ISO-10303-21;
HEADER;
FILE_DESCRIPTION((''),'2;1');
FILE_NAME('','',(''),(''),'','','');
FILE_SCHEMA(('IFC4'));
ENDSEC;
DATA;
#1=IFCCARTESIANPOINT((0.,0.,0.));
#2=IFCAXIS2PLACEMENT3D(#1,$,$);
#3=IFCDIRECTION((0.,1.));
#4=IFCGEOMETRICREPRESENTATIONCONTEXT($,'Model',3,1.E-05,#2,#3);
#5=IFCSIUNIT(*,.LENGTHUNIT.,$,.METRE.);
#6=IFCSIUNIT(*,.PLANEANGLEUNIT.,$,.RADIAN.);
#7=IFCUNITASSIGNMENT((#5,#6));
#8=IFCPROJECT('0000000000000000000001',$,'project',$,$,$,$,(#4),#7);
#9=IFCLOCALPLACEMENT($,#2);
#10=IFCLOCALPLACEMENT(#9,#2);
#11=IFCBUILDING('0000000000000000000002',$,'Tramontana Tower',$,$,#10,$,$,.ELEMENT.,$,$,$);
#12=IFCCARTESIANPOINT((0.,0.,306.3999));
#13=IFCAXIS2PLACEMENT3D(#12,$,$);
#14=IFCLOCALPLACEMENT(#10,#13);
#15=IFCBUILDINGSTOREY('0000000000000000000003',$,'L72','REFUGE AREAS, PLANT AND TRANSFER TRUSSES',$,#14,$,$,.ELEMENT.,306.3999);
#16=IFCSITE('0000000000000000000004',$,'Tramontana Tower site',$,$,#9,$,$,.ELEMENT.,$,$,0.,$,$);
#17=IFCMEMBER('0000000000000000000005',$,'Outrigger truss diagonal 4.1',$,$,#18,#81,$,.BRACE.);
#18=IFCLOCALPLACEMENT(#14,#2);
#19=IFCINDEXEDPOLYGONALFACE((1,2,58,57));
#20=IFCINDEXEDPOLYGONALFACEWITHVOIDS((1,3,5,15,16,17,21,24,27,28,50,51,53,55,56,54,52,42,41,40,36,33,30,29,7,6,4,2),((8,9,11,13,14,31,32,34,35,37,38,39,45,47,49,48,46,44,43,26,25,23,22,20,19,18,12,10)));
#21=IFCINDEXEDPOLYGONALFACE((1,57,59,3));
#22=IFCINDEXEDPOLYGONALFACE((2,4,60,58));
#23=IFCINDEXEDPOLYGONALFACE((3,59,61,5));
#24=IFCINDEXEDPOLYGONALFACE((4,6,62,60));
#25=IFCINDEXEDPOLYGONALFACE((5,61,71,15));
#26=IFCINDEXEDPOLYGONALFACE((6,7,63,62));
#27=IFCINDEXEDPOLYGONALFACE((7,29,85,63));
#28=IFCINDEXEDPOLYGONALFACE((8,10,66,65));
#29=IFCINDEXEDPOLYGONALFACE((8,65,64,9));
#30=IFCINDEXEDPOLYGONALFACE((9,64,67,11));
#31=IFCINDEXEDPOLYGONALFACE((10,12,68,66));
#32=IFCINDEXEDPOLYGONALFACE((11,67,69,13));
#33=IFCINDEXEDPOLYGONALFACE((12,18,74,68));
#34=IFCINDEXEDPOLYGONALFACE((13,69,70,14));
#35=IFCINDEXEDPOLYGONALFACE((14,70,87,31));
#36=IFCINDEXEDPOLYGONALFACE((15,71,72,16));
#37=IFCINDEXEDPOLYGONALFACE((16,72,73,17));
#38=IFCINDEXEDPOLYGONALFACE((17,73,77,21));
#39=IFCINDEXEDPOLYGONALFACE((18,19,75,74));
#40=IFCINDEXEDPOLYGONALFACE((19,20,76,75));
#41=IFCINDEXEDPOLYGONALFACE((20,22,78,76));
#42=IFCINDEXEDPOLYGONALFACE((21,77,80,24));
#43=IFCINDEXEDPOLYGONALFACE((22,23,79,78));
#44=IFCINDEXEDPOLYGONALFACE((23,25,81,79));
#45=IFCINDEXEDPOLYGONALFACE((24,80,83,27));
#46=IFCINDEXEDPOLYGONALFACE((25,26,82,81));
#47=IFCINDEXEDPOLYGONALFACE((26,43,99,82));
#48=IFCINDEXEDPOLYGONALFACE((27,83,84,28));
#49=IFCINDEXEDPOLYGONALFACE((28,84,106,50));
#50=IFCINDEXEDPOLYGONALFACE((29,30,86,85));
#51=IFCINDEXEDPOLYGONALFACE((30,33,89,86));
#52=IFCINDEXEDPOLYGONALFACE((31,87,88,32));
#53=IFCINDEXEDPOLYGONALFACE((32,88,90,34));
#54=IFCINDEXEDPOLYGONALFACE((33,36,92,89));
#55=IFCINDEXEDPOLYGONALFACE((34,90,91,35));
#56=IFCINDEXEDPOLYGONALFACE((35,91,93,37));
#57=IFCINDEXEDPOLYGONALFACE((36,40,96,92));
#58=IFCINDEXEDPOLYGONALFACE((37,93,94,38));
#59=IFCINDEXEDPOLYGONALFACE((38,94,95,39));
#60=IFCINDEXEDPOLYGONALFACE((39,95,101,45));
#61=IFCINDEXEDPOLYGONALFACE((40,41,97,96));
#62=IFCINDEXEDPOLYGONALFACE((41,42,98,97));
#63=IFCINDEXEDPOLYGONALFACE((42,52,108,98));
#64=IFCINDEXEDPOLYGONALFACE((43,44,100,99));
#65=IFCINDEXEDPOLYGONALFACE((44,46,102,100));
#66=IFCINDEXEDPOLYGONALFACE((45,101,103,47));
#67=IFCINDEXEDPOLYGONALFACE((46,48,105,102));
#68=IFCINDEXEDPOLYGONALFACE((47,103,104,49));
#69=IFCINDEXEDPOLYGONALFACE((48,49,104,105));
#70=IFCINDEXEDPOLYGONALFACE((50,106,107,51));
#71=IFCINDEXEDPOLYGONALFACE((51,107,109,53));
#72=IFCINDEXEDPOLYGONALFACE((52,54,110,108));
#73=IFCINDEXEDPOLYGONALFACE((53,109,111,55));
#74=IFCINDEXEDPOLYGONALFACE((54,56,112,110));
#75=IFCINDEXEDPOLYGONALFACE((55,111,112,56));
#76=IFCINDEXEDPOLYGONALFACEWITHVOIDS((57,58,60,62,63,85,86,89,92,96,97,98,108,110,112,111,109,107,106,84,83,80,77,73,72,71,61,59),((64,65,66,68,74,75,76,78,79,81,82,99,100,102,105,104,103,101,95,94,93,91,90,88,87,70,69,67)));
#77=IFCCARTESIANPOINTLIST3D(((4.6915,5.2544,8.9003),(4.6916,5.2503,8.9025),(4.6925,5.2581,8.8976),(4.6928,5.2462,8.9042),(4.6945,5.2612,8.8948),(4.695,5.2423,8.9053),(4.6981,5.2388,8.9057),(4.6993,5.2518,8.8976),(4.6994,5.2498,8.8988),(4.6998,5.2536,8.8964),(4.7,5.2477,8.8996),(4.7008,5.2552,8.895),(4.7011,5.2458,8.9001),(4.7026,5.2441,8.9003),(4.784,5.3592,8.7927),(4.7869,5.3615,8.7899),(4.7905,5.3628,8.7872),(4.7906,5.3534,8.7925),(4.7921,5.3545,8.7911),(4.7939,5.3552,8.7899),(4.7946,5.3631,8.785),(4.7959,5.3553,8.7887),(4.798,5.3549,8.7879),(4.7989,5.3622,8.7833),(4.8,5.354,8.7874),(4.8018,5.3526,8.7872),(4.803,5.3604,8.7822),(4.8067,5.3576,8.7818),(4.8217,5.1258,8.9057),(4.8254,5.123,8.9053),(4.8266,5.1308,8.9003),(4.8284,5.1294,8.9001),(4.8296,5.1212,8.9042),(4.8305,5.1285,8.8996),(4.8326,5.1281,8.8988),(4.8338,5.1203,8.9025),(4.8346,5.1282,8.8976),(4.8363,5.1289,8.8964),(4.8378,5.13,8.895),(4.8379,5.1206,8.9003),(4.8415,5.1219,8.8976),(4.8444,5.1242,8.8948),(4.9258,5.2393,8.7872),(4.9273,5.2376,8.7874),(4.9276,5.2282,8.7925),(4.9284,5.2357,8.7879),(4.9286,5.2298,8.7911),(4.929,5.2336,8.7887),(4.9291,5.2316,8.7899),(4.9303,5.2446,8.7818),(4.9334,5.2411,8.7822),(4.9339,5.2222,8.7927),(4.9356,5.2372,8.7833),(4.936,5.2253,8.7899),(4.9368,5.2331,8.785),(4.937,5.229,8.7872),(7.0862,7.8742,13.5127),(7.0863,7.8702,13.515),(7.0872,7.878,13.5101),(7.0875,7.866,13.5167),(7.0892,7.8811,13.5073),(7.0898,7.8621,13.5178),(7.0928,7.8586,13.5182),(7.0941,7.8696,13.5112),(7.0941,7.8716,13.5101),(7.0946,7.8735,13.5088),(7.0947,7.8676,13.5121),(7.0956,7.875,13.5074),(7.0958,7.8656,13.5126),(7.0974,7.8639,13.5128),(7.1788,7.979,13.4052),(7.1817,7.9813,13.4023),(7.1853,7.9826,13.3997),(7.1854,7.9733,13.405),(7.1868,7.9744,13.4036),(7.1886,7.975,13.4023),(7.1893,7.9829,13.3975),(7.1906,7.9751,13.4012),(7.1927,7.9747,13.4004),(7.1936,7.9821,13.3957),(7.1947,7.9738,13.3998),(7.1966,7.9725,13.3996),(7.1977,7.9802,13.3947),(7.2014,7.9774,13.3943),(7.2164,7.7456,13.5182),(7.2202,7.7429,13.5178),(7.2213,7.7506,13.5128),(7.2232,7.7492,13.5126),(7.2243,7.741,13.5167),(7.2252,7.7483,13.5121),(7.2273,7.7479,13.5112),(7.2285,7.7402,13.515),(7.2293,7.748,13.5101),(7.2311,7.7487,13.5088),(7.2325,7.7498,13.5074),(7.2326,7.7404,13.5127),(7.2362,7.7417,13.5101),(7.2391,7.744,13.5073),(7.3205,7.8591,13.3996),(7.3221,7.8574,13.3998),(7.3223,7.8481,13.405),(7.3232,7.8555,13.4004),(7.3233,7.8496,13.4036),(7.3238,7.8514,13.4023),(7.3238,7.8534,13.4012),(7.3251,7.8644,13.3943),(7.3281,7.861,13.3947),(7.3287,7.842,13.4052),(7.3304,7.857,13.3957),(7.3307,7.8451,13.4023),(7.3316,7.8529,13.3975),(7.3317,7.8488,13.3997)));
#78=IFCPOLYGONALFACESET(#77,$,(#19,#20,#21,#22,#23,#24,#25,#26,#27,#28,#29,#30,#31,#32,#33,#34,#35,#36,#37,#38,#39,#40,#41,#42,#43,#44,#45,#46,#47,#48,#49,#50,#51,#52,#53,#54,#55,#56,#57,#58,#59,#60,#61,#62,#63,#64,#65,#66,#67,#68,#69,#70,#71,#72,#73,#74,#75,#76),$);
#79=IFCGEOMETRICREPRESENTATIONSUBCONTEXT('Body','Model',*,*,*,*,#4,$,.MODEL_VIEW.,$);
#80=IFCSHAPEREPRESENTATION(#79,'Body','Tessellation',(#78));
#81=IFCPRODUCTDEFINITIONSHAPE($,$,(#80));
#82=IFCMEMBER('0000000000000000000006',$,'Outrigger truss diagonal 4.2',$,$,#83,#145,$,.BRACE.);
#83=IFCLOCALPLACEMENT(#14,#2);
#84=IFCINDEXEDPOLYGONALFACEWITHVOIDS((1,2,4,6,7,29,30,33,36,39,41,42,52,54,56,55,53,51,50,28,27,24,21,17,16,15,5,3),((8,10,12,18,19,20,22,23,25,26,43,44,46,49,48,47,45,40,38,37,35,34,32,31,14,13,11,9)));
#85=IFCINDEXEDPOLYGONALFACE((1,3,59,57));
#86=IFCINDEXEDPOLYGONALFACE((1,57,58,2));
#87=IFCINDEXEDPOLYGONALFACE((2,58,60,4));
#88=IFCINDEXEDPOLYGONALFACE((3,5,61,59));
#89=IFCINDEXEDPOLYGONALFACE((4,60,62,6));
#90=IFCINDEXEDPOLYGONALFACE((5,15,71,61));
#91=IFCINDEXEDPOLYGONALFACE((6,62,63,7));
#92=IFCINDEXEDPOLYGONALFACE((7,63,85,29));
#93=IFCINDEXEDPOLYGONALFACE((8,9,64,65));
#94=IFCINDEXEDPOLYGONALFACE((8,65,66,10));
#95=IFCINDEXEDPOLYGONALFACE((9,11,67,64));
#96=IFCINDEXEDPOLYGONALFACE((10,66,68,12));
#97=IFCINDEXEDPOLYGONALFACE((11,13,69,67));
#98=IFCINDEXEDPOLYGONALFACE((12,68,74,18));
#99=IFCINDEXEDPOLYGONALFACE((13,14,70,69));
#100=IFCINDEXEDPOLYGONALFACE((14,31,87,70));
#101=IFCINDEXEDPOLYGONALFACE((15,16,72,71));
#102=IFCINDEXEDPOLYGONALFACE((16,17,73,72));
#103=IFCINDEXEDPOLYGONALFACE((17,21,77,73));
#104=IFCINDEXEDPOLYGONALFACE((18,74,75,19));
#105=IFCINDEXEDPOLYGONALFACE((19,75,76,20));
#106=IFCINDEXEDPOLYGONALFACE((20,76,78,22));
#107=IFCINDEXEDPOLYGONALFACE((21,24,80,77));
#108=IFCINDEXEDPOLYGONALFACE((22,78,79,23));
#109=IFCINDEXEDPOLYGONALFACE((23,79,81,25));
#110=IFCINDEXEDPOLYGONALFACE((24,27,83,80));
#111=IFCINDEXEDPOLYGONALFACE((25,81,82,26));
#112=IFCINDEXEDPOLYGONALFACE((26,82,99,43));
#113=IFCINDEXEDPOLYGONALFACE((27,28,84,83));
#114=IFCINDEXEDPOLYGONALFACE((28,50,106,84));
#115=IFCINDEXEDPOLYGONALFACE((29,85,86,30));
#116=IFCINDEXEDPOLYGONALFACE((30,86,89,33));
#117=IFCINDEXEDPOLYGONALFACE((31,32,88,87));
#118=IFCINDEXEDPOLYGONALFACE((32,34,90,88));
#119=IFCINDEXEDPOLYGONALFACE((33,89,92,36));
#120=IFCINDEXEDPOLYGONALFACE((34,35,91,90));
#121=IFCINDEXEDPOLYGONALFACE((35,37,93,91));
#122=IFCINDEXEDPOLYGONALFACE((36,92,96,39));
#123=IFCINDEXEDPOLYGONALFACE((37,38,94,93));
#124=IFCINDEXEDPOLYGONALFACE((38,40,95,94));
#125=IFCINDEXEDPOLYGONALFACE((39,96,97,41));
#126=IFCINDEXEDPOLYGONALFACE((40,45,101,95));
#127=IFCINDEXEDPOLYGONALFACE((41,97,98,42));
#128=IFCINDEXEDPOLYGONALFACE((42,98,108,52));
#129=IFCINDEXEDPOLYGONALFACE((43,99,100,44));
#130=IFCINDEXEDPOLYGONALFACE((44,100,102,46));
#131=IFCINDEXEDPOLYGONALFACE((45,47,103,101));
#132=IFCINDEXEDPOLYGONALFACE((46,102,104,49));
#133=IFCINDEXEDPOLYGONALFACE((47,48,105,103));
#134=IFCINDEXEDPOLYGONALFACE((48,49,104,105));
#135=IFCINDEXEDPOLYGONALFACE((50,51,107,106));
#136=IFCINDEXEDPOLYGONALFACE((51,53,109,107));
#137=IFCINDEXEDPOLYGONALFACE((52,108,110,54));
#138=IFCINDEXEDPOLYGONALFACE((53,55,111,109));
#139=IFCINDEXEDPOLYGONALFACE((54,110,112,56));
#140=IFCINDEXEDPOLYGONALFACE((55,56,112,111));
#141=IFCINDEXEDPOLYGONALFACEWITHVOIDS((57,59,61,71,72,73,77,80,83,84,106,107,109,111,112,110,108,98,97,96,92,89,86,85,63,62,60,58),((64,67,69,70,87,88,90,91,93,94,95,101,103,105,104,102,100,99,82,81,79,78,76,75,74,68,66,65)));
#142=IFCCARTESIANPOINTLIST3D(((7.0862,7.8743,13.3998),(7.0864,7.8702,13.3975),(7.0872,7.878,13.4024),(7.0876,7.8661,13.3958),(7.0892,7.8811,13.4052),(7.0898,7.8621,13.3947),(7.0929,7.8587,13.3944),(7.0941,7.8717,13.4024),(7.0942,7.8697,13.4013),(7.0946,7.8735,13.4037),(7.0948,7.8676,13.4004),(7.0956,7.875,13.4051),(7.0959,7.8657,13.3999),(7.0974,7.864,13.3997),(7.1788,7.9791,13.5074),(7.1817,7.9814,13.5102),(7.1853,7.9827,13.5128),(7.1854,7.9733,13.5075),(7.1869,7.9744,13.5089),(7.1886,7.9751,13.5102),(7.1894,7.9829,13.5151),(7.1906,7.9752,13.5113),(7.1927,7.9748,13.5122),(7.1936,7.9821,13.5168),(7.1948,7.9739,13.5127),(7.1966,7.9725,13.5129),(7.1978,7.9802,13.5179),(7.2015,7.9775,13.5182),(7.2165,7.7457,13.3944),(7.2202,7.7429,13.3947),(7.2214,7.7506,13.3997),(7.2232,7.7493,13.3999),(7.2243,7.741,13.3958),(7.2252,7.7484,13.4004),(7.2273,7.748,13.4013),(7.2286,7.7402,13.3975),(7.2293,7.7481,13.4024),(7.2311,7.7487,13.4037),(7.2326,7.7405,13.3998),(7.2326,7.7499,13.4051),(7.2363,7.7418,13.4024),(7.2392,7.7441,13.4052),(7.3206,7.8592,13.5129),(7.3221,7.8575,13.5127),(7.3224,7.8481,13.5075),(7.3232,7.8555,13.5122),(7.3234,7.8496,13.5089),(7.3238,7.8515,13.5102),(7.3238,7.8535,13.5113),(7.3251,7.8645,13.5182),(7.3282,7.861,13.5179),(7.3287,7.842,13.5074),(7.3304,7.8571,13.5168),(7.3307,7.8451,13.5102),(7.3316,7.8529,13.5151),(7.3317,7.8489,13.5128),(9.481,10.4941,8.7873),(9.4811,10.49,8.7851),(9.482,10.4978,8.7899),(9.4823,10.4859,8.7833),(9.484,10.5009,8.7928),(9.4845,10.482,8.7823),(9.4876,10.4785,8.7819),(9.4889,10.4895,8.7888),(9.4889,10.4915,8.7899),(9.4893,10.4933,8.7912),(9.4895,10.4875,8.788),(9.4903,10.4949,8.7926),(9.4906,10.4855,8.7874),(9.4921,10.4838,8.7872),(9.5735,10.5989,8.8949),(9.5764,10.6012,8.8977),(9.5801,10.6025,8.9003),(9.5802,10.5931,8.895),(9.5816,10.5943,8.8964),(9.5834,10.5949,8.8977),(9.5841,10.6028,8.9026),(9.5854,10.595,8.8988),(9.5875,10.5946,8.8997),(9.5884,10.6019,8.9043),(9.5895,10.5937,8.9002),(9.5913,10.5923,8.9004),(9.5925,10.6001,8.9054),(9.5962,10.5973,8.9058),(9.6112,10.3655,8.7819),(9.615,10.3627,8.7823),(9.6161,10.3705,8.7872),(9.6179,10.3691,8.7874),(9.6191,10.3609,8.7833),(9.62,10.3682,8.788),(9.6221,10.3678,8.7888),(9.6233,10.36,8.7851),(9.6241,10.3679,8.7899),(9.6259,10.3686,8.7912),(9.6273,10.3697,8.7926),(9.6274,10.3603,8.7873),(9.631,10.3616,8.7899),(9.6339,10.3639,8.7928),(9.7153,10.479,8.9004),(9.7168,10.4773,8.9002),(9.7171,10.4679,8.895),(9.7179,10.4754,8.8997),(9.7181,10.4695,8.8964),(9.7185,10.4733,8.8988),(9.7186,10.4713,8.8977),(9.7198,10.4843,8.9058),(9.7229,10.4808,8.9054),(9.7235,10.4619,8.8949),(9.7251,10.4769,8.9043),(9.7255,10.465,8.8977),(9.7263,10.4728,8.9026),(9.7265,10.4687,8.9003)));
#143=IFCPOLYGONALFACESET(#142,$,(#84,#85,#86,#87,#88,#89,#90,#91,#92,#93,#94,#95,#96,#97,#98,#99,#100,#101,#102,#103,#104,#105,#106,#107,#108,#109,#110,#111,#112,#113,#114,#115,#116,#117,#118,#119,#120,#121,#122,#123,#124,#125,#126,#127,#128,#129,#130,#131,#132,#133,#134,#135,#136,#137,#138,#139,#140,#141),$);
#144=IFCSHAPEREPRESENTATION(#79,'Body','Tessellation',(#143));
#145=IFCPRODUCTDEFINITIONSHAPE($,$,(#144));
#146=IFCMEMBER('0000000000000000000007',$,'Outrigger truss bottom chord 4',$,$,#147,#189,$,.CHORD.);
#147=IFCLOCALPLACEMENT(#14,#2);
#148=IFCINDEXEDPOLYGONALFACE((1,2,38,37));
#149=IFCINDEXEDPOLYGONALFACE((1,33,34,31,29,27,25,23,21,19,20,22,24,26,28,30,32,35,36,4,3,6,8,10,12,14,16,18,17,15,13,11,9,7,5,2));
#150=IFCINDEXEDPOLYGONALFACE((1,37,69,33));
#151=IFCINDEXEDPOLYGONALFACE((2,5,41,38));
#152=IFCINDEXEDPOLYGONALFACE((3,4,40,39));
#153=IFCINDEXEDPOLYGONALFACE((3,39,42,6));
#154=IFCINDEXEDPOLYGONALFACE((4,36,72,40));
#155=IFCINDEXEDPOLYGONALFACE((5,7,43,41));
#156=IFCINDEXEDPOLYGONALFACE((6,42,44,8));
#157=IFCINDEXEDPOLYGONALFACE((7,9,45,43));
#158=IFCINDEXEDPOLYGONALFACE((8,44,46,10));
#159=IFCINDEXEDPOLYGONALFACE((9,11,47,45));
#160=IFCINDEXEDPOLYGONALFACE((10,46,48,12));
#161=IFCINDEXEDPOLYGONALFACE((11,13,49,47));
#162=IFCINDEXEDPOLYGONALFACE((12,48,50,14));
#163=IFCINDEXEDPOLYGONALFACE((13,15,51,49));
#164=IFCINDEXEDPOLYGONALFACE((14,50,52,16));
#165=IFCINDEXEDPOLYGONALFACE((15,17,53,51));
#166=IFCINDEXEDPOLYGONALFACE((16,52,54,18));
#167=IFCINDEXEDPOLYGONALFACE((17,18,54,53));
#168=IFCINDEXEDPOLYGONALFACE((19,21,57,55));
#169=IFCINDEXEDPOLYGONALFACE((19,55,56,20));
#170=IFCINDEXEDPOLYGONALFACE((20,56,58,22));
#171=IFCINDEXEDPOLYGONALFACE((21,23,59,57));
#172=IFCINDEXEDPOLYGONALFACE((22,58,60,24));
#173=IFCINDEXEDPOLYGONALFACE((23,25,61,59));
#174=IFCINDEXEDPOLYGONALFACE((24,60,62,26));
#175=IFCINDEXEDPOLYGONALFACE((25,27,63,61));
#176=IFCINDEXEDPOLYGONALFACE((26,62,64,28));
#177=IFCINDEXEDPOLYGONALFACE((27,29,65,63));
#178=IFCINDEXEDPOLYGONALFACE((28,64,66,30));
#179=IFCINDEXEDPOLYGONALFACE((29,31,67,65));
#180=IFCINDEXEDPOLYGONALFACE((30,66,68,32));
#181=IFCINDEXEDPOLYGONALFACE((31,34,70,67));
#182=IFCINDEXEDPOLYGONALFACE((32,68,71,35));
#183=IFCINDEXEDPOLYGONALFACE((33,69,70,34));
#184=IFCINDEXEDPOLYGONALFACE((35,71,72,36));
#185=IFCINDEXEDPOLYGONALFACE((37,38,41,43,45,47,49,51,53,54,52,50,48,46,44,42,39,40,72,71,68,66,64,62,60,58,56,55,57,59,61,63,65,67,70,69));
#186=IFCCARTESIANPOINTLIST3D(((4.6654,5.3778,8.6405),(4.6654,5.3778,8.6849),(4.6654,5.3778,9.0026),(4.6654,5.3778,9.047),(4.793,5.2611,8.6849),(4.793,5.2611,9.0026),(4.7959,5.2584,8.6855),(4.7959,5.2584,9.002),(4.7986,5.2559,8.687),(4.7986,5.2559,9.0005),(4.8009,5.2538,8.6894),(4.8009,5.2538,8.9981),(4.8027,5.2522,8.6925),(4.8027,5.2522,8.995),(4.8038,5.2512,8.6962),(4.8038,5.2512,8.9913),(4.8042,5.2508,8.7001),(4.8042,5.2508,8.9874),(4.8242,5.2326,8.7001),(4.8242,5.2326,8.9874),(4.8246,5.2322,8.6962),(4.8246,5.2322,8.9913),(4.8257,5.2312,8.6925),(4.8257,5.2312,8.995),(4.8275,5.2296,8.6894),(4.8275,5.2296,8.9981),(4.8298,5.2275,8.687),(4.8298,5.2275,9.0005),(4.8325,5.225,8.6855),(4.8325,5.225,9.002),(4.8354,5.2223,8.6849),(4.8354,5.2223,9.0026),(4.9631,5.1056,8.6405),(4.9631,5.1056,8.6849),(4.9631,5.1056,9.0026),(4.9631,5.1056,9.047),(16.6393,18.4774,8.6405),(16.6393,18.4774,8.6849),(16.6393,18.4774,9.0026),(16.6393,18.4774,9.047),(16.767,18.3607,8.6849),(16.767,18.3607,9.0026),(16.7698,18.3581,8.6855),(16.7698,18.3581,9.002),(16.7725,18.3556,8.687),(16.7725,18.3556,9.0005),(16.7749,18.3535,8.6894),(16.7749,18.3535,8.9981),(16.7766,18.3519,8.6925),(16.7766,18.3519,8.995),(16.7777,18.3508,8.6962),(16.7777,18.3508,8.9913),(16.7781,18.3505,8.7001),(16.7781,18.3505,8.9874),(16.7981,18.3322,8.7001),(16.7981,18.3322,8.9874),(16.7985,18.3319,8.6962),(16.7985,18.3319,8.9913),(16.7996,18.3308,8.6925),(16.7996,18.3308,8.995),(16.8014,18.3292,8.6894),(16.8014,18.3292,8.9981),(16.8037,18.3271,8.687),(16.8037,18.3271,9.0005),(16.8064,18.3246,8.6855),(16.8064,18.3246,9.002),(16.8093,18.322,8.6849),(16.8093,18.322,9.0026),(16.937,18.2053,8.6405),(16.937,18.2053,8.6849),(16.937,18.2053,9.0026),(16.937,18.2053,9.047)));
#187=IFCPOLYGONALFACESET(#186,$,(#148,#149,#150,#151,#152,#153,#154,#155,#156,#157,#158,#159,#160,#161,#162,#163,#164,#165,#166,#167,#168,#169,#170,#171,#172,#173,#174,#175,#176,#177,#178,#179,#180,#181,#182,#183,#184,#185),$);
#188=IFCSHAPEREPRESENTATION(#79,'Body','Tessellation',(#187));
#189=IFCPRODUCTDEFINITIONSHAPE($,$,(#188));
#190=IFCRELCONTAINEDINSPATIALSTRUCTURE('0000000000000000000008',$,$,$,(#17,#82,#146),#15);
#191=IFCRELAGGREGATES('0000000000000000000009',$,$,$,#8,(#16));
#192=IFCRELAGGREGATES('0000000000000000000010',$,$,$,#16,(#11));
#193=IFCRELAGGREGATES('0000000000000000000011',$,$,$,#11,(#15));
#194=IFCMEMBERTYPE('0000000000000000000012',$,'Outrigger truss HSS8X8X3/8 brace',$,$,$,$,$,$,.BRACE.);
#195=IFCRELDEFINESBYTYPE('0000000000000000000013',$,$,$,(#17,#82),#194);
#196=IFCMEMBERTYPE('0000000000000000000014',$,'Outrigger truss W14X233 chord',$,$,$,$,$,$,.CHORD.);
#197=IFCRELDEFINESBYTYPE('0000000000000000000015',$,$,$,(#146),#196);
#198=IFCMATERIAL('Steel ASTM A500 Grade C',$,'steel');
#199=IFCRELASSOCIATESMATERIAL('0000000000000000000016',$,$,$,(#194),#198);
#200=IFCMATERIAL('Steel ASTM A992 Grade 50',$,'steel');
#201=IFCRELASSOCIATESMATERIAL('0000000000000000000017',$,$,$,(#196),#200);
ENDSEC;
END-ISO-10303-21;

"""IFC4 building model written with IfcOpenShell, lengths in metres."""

from ifc_helpers import new_model, si_unit, direction, frame, origin, origin_2d, place, context, subcontext, project, spatial, hollow_rectangle, i_section, extrude, material, material_profile, profile_set, type_object, element, save


model = new_model("IFC4")

# Units and contexts
model_context = context("Model", 3, precision=1e-05, world=origin(), true_north=direction((0.0, 1.0)))
body_context = subcontext(model_context, "Body", "Model", "MODEL_VIEW")
ifc_project = project(units=[si_unit("LENGTHUNIT", "METRE"), si_unit("PLANEANGLEUNIT", "RADIAN")], contexts=[model_context])

# Site, building, storey
site_placement = place(None, origin())
site = spatial("IfcSite", under=ifc_project, at=site_placement, Name="Tramontana Tower site", CompositionType="ELEMENT", RefElevation=0.0)
building_placement = place(site_placement, origin())
building = spatial("IfcBuilding", under=site, at=building_placement, Name="Tramontana Tower", CompositionType="ELEMENT")
storey_placement = place(building_placement, frame((0.0, 0.0, 306.3999)))
storey = spatial("IfcBuildingStorey", under=building, at=storey_placement, Name="L72", Description="REFUGE AREAS, PLANT AND TRANSFER TRUSSES", CompositionType="ELEMENT", Elevation=306.3999)

# Members
ifc_material_1 = material(Name="Steel ASTM A500 Grade C", Category="steel")
ifc_material_profile_1 = material_profile(ifc_material_1, hollow_rectangle(XDim=0.2031, YDim=0.2031, WallThickness=0.0088, InnerFilletRadius=0.0088, OuterFilletRadius=0.0178, at=origin_2d()), Name="HSS8X8X3/8")
ifc_profile_set_1 = profile_set([ifc_material_profile_1], Name="Steel ASTM A500 Grade C")
member_type_1 = type_object("IfcMemberType", Name="Outrigger truss HSS8X8X3/8 brace", PredefinedType="BRACE", material=ifc_profile_set_1)
for number, where, z_axis, x_axis, name in (
    (1, (4.8142, 5.2417, 8.8438), (0.411462, 0.450137, 0.792512), (-0.738104, 0.674687, 0.0), "Outrigger truss diagonal 4.1"),
    (2, (7.209, 7.8616, 13.4563), (0.411462, 0.450137, -0.792512), (-0.738104, 0.674687, 0.0), "Outrigger truss diagonal 4.2"),
):
    element("IfcMember", number, at=place(storey_placement, frame(where, z_axis=z_axis, x_axis=x_axis)), inside=storey, type_object=member_type_1, Name=name, PredefinedType="BRACE", context=body_context, shape_type="SweptSolid", body=[
        extrude(hollow_rectangle(XDim=0.2031, YDim=0.2031, WallThickness=0.0088, InnerFilletRadius=0.0088, OuterFilletRadius=0.0178, at=origin_2d()), origin(), (0.0, 0.0, 1.0), 5.8201),
    ])
ifc_material_2 = material(Name="Steel ASTM A992 Grade 50", Category="steel")
ifc_material_profile_2 = material_profile(ifc_material_2, i_section(OverallWidth=0.4033, OverallDepth=0.4065, WebThickness=0.0271, FlangeThickness=0.0444, FilletRadius=0.0151, at=origin_2d()), Name="W14X233")
ifc_profile_set_2 = profile_set([ifc_material_profile_2], Name="Steel ASTM A992 Grade 50")
member_type_2 = type_object("IfcMemberType", Name="Outrigger truss W14X233 chord", PredefinedType="CHORD", material=ifc_profile_set_2)
for number, where, z_axis, x_axis, name in (
    (3, (4.8142, 5.2417, 8.8438), (0.67468, 0.73811, 0.0), (-0.73811, 0.67468, 0.0), "Outrigger truss bottom chord 4"),
):
    element("IfcMember", number, at=place(storey_placement, frame(where, z_axis=z_axis, x_axis=x_axis)), inside=storey, type_object=member_type_2, Name=name, PredefinedType="CHORD", context=body_context, shape_type="SweptSolid", body=[
        extrude(i_section(OverallWidth=0.4033, OverallDepth=0.4065, WebThickness=0.0271, FlangeThickness=0.0444, FilletRadius=0.0151, at=origin_2d()), origin(), (0.0, 0.0, 1.0), 17.7476),
    ])

save(model, "model.ifc")
